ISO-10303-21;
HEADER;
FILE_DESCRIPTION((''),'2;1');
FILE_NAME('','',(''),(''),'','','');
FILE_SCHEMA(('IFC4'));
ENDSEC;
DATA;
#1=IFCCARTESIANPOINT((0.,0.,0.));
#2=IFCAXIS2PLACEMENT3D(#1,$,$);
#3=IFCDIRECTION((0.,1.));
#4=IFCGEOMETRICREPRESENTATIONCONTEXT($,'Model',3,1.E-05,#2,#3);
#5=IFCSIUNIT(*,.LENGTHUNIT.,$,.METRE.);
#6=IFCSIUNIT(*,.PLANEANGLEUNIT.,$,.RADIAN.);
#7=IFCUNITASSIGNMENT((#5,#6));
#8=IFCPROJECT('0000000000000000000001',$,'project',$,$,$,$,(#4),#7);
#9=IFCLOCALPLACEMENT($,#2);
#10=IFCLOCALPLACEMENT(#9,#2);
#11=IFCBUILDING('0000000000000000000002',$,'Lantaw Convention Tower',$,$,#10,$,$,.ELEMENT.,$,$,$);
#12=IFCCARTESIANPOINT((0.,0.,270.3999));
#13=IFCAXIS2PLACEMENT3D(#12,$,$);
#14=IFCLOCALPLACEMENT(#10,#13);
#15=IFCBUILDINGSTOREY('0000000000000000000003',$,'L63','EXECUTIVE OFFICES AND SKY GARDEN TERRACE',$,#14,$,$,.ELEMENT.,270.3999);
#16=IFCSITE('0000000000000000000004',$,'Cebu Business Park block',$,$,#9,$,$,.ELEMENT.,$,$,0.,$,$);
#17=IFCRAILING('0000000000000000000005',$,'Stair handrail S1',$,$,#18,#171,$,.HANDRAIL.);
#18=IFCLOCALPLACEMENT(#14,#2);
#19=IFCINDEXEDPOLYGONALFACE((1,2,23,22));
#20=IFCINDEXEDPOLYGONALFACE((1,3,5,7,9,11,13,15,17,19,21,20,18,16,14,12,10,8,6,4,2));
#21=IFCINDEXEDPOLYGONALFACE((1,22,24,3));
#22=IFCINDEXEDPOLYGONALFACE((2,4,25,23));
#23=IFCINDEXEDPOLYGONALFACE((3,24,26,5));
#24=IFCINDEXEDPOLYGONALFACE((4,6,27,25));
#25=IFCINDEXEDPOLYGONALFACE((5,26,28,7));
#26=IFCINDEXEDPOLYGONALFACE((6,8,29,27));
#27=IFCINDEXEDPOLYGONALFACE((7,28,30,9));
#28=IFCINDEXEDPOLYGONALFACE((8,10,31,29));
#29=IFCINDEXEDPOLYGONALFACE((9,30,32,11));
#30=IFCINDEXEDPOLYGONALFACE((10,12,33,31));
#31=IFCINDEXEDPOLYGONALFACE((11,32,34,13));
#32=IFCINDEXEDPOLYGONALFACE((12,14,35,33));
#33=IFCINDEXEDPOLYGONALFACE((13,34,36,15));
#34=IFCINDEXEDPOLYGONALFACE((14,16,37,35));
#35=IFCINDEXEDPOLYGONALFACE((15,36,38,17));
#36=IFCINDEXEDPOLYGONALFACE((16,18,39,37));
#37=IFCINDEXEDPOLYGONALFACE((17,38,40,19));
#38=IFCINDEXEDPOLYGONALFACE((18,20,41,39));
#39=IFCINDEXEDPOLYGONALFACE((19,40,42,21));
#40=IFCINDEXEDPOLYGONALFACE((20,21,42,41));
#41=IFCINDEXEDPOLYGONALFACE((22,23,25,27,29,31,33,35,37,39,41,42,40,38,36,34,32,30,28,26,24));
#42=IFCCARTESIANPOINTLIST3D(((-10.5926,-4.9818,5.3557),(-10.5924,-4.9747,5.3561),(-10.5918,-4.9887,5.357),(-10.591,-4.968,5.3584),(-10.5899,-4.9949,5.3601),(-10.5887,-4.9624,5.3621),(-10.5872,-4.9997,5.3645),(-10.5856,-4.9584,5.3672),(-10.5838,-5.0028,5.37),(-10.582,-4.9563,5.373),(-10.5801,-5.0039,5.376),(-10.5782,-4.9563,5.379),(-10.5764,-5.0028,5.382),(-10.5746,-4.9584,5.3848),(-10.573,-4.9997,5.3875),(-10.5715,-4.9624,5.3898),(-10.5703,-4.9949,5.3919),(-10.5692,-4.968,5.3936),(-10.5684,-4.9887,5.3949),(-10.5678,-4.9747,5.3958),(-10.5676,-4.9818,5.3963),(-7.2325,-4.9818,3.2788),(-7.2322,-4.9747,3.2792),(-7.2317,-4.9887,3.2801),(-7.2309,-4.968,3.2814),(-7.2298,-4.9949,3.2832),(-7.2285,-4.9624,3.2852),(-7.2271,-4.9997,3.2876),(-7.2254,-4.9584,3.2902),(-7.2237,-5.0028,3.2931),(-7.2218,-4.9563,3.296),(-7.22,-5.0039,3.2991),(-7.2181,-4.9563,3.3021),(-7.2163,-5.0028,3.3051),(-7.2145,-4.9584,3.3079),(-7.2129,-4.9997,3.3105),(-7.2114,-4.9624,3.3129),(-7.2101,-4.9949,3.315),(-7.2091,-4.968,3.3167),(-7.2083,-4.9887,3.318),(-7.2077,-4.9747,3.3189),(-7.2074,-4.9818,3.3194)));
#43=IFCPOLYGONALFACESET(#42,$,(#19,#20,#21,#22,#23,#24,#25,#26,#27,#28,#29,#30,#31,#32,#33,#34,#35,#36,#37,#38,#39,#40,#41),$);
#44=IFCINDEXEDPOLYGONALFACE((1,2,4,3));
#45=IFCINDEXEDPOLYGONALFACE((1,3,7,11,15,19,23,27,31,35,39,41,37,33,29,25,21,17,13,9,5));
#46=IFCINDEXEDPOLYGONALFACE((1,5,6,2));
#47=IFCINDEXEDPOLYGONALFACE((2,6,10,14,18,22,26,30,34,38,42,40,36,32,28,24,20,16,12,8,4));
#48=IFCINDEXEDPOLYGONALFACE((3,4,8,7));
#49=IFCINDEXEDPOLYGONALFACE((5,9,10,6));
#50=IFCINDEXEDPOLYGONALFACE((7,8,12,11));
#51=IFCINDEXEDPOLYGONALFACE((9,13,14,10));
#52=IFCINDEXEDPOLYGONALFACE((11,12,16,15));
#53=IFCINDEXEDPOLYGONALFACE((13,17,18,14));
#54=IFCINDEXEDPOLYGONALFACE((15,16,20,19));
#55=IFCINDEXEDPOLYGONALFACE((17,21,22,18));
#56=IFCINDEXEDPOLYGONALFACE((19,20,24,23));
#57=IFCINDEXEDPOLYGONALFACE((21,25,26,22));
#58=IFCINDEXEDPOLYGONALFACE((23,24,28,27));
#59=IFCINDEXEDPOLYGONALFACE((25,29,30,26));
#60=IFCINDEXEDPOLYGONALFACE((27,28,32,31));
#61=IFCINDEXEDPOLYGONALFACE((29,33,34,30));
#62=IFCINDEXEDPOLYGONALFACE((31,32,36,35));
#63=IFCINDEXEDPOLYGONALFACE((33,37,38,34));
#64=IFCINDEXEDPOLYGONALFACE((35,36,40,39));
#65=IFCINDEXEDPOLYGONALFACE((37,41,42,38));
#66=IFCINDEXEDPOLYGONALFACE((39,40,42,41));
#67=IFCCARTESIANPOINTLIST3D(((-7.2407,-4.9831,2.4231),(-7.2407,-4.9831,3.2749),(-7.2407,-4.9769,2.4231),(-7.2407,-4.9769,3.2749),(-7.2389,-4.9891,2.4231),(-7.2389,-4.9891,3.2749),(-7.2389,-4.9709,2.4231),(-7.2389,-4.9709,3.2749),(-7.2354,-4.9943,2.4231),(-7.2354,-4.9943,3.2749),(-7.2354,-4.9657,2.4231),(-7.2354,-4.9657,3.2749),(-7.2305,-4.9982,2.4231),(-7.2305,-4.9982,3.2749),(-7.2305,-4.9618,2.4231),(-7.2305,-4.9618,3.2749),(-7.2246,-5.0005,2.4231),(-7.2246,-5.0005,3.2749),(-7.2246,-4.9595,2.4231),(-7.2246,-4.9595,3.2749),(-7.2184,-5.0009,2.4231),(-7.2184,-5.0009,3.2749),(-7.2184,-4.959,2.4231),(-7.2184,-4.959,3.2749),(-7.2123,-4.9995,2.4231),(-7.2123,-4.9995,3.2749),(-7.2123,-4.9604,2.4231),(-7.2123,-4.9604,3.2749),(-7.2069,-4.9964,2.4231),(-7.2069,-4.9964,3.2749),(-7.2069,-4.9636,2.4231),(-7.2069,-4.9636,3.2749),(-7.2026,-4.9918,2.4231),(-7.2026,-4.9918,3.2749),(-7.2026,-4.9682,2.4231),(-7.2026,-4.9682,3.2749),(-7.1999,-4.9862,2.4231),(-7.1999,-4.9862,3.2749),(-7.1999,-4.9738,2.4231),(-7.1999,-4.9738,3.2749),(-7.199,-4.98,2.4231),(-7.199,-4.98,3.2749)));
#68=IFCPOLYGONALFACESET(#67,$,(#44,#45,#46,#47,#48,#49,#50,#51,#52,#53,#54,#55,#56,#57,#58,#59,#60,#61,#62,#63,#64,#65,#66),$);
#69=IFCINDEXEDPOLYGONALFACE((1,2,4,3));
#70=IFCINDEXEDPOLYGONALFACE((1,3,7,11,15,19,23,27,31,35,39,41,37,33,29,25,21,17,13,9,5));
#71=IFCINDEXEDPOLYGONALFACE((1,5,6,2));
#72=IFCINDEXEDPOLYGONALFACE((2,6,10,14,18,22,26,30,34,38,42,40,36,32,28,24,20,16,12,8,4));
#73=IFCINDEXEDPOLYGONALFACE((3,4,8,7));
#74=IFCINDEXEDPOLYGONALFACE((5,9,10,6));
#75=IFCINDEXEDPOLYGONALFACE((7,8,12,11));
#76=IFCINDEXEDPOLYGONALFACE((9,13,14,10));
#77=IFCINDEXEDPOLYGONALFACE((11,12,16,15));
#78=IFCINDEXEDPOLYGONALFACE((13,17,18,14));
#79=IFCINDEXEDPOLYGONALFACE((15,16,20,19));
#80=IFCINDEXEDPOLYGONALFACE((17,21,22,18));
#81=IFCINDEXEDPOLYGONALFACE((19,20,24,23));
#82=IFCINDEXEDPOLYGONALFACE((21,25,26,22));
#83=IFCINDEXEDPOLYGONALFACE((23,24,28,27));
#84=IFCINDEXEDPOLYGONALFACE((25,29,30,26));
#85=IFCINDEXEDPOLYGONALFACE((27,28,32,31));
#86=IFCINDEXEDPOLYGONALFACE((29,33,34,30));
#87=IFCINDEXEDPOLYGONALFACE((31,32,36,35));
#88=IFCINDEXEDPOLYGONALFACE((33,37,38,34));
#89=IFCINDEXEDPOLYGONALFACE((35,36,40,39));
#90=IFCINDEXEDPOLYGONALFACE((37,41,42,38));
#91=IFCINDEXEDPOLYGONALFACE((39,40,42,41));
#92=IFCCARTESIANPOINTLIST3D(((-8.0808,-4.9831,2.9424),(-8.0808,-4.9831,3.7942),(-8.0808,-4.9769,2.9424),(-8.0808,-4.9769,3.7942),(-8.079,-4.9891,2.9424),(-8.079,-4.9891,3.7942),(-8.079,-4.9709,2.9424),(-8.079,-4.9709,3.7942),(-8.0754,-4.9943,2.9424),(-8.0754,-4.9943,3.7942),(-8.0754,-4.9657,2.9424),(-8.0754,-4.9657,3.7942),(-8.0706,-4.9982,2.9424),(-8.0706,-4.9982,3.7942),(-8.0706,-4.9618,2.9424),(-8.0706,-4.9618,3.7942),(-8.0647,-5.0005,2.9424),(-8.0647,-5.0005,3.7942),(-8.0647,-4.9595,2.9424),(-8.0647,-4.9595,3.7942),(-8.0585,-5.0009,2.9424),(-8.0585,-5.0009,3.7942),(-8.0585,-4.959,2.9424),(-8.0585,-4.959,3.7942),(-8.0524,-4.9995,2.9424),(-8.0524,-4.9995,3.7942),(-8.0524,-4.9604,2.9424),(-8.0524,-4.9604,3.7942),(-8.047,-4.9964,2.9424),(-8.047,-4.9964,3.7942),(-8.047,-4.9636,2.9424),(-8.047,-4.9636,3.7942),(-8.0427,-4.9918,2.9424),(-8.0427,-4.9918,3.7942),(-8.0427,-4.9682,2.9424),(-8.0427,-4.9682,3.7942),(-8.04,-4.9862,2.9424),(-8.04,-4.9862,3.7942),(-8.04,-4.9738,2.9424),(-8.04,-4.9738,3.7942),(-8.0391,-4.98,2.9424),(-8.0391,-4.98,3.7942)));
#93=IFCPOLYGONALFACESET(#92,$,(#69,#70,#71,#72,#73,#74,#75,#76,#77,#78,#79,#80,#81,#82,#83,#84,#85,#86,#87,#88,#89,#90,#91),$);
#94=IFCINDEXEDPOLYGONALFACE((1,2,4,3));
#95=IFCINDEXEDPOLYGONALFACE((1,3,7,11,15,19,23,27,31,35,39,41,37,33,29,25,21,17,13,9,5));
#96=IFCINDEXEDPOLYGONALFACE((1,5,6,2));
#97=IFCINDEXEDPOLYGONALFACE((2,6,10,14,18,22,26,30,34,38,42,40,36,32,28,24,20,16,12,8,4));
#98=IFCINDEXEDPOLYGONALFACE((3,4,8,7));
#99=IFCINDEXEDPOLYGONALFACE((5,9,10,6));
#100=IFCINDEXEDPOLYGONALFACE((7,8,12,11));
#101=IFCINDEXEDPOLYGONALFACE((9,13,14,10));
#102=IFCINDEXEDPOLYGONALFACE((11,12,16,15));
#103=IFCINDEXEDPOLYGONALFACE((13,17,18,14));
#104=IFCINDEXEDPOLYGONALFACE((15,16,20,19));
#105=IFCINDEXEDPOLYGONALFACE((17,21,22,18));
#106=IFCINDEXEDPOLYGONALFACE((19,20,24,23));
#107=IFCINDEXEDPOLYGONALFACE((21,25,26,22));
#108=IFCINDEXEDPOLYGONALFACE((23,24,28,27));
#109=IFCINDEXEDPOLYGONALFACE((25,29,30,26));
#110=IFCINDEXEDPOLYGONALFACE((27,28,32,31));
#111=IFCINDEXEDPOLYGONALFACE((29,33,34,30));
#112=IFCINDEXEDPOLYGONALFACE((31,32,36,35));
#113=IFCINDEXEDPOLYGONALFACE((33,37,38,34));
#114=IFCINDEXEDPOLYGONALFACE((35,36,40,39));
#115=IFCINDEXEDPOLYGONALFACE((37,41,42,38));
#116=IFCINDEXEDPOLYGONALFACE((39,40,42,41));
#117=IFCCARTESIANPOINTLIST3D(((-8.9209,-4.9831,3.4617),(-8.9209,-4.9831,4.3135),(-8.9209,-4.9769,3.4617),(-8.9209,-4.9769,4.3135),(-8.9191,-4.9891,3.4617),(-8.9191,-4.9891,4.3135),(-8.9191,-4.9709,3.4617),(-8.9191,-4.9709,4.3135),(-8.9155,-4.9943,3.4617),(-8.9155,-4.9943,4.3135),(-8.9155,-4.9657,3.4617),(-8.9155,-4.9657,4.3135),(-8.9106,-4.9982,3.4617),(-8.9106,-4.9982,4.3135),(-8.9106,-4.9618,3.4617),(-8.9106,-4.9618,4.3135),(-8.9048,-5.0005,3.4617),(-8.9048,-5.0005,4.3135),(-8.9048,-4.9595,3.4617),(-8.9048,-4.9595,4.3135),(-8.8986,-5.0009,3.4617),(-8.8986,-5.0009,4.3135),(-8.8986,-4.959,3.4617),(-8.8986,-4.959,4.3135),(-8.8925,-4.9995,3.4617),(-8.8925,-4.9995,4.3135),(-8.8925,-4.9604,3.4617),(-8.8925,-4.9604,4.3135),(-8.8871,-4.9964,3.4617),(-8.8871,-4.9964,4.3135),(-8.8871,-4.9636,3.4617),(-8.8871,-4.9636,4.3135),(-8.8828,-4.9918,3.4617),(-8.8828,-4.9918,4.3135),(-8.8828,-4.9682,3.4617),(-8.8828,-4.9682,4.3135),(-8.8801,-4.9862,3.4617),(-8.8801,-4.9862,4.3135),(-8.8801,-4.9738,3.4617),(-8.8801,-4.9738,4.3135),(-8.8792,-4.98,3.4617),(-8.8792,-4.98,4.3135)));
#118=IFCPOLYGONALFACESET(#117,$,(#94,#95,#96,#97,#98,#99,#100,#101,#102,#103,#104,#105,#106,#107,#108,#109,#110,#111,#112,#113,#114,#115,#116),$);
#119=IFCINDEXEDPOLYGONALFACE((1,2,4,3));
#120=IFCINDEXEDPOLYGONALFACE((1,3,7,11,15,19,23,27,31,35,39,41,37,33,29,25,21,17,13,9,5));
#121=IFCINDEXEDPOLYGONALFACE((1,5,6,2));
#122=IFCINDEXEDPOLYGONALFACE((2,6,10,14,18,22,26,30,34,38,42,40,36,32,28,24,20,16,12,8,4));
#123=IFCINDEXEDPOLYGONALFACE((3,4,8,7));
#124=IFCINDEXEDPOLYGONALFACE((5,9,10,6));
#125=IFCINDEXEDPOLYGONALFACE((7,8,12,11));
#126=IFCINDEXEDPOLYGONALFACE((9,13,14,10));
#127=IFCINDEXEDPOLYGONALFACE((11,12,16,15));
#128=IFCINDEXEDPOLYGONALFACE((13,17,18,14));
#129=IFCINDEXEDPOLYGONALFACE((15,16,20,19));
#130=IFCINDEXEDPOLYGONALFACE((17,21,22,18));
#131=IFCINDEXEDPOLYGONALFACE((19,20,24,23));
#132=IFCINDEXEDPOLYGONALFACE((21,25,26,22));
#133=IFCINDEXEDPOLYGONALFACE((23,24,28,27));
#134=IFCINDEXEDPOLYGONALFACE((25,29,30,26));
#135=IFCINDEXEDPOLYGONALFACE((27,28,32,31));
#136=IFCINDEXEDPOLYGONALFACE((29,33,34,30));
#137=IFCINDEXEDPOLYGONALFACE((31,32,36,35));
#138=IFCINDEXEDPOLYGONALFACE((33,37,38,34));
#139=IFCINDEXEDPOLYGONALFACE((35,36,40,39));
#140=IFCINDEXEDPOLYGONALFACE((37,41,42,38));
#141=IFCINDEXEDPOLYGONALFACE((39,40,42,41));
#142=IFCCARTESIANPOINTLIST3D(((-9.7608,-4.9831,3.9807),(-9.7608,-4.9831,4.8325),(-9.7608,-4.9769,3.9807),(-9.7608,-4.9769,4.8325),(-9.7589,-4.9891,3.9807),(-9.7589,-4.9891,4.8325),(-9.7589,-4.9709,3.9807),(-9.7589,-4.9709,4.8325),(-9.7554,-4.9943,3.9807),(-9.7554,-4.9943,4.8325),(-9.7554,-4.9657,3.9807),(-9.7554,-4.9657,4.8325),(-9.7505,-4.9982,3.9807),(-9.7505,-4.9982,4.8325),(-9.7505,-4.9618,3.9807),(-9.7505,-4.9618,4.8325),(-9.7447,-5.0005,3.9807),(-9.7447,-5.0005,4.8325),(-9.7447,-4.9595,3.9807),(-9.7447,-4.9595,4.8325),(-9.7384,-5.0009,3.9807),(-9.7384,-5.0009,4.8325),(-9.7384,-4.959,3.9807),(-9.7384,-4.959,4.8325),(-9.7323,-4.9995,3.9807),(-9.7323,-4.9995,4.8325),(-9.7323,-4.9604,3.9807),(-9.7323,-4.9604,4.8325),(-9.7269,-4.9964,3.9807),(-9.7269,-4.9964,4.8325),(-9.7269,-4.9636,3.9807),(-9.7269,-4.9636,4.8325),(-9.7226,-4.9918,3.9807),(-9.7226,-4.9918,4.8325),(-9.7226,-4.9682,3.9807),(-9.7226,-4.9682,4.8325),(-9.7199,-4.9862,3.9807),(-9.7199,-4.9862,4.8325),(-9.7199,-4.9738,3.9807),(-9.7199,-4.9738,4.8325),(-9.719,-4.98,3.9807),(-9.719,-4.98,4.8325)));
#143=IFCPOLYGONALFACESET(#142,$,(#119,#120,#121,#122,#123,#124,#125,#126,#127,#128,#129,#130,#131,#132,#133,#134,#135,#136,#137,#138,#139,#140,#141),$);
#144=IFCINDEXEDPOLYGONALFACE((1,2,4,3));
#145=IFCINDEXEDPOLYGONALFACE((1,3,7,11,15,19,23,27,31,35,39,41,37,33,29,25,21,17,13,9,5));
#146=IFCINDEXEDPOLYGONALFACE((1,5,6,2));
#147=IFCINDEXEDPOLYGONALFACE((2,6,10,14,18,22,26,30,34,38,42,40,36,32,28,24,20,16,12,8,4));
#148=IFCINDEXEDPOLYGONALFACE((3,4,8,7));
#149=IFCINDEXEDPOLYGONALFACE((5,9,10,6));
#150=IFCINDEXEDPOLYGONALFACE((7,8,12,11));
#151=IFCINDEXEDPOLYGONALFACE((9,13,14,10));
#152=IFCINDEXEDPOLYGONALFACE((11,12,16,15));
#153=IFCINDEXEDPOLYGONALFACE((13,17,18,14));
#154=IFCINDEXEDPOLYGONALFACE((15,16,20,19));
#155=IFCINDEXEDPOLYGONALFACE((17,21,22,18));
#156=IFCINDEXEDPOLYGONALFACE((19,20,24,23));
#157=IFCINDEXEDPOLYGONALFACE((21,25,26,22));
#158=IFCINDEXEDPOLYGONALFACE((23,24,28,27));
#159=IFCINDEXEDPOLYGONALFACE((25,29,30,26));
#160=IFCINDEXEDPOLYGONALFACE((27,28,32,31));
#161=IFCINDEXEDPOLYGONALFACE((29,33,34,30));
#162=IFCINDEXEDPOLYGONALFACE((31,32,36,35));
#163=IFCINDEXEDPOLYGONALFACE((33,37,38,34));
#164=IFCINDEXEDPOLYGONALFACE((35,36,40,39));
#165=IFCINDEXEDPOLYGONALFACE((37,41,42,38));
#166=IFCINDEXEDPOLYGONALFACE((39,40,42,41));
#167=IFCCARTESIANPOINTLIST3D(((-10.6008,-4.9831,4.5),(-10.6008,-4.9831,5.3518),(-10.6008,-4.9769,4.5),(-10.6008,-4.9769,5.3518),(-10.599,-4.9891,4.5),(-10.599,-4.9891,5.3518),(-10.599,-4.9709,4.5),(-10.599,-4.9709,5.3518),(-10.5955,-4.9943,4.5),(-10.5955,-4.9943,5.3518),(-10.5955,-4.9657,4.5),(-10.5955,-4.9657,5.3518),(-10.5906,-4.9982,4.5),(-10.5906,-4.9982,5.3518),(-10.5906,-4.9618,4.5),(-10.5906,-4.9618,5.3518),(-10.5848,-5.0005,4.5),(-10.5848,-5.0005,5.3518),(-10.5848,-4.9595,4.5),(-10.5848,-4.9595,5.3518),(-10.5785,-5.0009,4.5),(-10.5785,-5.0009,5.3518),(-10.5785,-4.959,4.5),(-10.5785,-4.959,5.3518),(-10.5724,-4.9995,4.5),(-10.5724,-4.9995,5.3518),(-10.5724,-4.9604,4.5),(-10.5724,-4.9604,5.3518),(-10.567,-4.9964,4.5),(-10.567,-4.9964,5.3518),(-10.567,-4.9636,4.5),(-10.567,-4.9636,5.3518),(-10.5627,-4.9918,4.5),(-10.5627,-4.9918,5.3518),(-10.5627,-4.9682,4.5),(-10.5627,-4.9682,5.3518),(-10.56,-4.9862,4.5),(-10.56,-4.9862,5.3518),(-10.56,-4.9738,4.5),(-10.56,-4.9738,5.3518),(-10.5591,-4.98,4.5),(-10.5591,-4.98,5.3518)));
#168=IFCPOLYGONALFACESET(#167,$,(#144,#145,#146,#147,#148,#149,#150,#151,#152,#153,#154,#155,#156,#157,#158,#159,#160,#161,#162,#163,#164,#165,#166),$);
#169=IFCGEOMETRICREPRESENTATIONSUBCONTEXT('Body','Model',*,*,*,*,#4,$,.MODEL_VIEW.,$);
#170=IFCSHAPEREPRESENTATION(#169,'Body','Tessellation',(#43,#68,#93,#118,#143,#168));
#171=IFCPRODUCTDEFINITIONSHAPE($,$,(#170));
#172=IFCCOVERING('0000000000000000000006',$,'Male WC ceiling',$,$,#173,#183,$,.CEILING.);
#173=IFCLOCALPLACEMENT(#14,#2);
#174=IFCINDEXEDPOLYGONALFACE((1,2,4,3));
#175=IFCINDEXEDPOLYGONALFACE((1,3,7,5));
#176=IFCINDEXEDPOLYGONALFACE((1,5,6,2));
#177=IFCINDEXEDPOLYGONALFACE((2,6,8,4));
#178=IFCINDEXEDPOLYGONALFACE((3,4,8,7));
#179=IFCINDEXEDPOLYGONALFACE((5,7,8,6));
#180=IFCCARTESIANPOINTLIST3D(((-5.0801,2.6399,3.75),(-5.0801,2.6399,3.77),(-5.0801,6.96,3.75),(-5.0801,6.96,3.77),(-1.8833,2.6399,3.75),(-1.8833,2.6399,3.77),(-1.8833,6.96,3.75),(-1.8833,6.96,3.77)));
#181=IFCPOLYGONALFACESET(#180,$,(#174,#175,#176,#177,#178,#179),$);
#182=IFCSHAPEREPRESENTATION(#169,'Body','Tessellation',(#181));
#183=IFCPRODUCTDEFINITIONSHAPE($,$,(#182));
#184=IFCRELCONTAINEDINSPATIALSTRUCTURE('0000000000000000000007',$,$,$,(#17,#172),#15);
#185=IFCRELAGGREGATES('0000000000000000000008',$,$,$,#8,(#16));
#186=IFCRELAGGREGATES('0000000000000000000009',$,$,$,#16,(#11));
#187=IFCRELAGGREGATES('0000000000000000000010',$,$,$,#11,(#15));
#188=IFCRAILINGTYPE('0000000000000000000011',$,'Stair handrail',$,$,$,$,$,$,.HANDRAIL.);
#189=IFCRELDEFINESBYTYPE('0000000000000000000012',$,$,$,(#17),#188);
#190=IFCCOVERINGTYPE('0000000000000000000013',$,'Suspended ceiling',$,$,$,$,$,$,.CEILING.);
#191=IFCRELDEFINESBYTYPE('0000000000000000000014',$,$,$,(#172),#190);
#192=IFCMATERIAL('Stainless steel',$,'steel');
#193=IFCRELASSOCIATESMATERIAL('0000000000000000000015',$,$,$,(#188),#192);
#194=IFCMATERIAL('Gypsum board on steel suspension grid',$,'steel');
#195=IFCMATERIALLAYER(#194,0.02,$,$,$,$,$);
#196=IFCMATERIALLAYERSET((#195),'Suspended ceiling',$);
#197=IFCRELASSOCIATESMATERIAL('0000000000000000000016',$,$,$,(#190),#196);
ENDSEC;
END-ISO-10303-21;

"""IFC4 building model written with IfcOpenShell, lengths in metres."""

from ifc_helpers import new_model, si_unit, direction, frame, origin, origin_2d, place, context, subcontext, project, spatial, polyline, circle, outline, extrude, material, layer, layer_set, type_object, element, save


model = new_model("IFC4")

# Units and contexts
model_context = context("Model", 3, precision=1e-05, world=origin(), true_north=direction((0.0, 1.0)))
body_context = subcontext(model_context, "Body", "Model", "MODEL_VIEW")
ifc_project = project(units=[si_unit("LENGTHUNIT", "METRE"), si_unit("PLANEANGLEUNIT", "RADIAN")], contexts=[model_context])

# Site, building, storey
site_placement = place(None, origin())
site = spatial("IfcSite", under=ifc_project, at=site_placement, Name="Cebu Business Park block", CompositionType="ELEMENT", RefElevation=0.0)
building_placement = place(site_placement, origin())
building = spatial("IfcBuilding", under=site, at=building_placement, Name="Lantaw Convention Tower", CompositionType="ELEMENT")
storey_placement = place(building_placement, frame((0.0, 0.0, 270.3999)))
storey = spatial("IfcBuildingStorey", under=building, at=storey_placement, Name="L63", Description="EXECUTIVE OFFICES AND SKY GARDEN TERRACE", CompositionType="ELEMENT", Elevation=270.3999)

# Shared definitions
ifc_material_1 = material(Name="Stainless steel", Category="steel")

# Railing
railing_type = type_object("IfcRailingType", Name="Stair handrail", PredefinedType="HANDRAIL", material=ifc_material_1)
railing_1_placement = place(storey_placement, frame((-7.22, -4.98, 2.4231)))
element("IfcRailing", 1, at=railing_1_placement, inside=storey, type_object=railing_type, Name="Stair handrail S1", PredefinedType="HANDRAIL", context=body_context, shape_type="SweptSolid", body=[
    extrude(circle(Radius=0.0239, at=origin_2d()), frame((0.0, 0.0, 0.876), z_axis=(-0.850623, 0.0, 0.525776), x_axis=(0.0, -1.0, 0.0)), (0.0, 0.0, 1.0), 3.9502),
    extrude(circle(Radius=0.021, at=origin_2d()), origin(), (0.0, 0.0, 1.0), 0.8518),
    extrude(circle(Radius=0.021, at=origin_2d()), frame((-0.8401, 0.0, 0.5193)), (0.0, 0.0, 1.0), 0.8518),
    extrude(circle(Radius=0.021, at=origin_2d()), frame((-1.6802, 0.0, 1.0386)), (0.0, 0.0, 1.0), 0.8518),
    extrude(circle(Radius=0.021, at=origin_2d()), frame((-2.52, 0.0, 1.5576)), (0.0, 0.0, 1.0), 0.8518),
    extrude(circle(Radius=0.021, at=origin_2d()), frame((-3.3601, 0.0, 2.0769)), (0.0, 0.0, 1.0), 0.8518),
])

# Covering
ifc_material_2 = material(Name="Gypsum board on steel suspension grid", Category="steel")
ifc_layer_1 = layer(ifc_material_2, 0.02)
ifc_layer_set_1 = layer_set([ifc_layer_1], Name="Suspended ceiling")
covering_type = type_object("IfcCoveringType", Name="Suspended ceiling", PredefinedType="CEILING", material=ifc_layer_set_1)
covering_placement = place(storey_placement, frame((0.0, 0.0, 3.75)))
element("IfcCovering", 2, at=covering_placement, inside=storey, type_object=covering_type, Name="Male WC ceiling", PredefinedType="CEILING", context=body_context, shape_type="SweptSolid", body=[
    extrude(outline(polyline([(-5.0801, 2.6399), (-1.8833, 2.6399), (-1.8833, 6.96), (-5.0801, 6.96), (-5.0801, 2.6399)])), origin(), (0.0, 0.0, 1.0), 0.02),
])

save(model, "model.ifc")
